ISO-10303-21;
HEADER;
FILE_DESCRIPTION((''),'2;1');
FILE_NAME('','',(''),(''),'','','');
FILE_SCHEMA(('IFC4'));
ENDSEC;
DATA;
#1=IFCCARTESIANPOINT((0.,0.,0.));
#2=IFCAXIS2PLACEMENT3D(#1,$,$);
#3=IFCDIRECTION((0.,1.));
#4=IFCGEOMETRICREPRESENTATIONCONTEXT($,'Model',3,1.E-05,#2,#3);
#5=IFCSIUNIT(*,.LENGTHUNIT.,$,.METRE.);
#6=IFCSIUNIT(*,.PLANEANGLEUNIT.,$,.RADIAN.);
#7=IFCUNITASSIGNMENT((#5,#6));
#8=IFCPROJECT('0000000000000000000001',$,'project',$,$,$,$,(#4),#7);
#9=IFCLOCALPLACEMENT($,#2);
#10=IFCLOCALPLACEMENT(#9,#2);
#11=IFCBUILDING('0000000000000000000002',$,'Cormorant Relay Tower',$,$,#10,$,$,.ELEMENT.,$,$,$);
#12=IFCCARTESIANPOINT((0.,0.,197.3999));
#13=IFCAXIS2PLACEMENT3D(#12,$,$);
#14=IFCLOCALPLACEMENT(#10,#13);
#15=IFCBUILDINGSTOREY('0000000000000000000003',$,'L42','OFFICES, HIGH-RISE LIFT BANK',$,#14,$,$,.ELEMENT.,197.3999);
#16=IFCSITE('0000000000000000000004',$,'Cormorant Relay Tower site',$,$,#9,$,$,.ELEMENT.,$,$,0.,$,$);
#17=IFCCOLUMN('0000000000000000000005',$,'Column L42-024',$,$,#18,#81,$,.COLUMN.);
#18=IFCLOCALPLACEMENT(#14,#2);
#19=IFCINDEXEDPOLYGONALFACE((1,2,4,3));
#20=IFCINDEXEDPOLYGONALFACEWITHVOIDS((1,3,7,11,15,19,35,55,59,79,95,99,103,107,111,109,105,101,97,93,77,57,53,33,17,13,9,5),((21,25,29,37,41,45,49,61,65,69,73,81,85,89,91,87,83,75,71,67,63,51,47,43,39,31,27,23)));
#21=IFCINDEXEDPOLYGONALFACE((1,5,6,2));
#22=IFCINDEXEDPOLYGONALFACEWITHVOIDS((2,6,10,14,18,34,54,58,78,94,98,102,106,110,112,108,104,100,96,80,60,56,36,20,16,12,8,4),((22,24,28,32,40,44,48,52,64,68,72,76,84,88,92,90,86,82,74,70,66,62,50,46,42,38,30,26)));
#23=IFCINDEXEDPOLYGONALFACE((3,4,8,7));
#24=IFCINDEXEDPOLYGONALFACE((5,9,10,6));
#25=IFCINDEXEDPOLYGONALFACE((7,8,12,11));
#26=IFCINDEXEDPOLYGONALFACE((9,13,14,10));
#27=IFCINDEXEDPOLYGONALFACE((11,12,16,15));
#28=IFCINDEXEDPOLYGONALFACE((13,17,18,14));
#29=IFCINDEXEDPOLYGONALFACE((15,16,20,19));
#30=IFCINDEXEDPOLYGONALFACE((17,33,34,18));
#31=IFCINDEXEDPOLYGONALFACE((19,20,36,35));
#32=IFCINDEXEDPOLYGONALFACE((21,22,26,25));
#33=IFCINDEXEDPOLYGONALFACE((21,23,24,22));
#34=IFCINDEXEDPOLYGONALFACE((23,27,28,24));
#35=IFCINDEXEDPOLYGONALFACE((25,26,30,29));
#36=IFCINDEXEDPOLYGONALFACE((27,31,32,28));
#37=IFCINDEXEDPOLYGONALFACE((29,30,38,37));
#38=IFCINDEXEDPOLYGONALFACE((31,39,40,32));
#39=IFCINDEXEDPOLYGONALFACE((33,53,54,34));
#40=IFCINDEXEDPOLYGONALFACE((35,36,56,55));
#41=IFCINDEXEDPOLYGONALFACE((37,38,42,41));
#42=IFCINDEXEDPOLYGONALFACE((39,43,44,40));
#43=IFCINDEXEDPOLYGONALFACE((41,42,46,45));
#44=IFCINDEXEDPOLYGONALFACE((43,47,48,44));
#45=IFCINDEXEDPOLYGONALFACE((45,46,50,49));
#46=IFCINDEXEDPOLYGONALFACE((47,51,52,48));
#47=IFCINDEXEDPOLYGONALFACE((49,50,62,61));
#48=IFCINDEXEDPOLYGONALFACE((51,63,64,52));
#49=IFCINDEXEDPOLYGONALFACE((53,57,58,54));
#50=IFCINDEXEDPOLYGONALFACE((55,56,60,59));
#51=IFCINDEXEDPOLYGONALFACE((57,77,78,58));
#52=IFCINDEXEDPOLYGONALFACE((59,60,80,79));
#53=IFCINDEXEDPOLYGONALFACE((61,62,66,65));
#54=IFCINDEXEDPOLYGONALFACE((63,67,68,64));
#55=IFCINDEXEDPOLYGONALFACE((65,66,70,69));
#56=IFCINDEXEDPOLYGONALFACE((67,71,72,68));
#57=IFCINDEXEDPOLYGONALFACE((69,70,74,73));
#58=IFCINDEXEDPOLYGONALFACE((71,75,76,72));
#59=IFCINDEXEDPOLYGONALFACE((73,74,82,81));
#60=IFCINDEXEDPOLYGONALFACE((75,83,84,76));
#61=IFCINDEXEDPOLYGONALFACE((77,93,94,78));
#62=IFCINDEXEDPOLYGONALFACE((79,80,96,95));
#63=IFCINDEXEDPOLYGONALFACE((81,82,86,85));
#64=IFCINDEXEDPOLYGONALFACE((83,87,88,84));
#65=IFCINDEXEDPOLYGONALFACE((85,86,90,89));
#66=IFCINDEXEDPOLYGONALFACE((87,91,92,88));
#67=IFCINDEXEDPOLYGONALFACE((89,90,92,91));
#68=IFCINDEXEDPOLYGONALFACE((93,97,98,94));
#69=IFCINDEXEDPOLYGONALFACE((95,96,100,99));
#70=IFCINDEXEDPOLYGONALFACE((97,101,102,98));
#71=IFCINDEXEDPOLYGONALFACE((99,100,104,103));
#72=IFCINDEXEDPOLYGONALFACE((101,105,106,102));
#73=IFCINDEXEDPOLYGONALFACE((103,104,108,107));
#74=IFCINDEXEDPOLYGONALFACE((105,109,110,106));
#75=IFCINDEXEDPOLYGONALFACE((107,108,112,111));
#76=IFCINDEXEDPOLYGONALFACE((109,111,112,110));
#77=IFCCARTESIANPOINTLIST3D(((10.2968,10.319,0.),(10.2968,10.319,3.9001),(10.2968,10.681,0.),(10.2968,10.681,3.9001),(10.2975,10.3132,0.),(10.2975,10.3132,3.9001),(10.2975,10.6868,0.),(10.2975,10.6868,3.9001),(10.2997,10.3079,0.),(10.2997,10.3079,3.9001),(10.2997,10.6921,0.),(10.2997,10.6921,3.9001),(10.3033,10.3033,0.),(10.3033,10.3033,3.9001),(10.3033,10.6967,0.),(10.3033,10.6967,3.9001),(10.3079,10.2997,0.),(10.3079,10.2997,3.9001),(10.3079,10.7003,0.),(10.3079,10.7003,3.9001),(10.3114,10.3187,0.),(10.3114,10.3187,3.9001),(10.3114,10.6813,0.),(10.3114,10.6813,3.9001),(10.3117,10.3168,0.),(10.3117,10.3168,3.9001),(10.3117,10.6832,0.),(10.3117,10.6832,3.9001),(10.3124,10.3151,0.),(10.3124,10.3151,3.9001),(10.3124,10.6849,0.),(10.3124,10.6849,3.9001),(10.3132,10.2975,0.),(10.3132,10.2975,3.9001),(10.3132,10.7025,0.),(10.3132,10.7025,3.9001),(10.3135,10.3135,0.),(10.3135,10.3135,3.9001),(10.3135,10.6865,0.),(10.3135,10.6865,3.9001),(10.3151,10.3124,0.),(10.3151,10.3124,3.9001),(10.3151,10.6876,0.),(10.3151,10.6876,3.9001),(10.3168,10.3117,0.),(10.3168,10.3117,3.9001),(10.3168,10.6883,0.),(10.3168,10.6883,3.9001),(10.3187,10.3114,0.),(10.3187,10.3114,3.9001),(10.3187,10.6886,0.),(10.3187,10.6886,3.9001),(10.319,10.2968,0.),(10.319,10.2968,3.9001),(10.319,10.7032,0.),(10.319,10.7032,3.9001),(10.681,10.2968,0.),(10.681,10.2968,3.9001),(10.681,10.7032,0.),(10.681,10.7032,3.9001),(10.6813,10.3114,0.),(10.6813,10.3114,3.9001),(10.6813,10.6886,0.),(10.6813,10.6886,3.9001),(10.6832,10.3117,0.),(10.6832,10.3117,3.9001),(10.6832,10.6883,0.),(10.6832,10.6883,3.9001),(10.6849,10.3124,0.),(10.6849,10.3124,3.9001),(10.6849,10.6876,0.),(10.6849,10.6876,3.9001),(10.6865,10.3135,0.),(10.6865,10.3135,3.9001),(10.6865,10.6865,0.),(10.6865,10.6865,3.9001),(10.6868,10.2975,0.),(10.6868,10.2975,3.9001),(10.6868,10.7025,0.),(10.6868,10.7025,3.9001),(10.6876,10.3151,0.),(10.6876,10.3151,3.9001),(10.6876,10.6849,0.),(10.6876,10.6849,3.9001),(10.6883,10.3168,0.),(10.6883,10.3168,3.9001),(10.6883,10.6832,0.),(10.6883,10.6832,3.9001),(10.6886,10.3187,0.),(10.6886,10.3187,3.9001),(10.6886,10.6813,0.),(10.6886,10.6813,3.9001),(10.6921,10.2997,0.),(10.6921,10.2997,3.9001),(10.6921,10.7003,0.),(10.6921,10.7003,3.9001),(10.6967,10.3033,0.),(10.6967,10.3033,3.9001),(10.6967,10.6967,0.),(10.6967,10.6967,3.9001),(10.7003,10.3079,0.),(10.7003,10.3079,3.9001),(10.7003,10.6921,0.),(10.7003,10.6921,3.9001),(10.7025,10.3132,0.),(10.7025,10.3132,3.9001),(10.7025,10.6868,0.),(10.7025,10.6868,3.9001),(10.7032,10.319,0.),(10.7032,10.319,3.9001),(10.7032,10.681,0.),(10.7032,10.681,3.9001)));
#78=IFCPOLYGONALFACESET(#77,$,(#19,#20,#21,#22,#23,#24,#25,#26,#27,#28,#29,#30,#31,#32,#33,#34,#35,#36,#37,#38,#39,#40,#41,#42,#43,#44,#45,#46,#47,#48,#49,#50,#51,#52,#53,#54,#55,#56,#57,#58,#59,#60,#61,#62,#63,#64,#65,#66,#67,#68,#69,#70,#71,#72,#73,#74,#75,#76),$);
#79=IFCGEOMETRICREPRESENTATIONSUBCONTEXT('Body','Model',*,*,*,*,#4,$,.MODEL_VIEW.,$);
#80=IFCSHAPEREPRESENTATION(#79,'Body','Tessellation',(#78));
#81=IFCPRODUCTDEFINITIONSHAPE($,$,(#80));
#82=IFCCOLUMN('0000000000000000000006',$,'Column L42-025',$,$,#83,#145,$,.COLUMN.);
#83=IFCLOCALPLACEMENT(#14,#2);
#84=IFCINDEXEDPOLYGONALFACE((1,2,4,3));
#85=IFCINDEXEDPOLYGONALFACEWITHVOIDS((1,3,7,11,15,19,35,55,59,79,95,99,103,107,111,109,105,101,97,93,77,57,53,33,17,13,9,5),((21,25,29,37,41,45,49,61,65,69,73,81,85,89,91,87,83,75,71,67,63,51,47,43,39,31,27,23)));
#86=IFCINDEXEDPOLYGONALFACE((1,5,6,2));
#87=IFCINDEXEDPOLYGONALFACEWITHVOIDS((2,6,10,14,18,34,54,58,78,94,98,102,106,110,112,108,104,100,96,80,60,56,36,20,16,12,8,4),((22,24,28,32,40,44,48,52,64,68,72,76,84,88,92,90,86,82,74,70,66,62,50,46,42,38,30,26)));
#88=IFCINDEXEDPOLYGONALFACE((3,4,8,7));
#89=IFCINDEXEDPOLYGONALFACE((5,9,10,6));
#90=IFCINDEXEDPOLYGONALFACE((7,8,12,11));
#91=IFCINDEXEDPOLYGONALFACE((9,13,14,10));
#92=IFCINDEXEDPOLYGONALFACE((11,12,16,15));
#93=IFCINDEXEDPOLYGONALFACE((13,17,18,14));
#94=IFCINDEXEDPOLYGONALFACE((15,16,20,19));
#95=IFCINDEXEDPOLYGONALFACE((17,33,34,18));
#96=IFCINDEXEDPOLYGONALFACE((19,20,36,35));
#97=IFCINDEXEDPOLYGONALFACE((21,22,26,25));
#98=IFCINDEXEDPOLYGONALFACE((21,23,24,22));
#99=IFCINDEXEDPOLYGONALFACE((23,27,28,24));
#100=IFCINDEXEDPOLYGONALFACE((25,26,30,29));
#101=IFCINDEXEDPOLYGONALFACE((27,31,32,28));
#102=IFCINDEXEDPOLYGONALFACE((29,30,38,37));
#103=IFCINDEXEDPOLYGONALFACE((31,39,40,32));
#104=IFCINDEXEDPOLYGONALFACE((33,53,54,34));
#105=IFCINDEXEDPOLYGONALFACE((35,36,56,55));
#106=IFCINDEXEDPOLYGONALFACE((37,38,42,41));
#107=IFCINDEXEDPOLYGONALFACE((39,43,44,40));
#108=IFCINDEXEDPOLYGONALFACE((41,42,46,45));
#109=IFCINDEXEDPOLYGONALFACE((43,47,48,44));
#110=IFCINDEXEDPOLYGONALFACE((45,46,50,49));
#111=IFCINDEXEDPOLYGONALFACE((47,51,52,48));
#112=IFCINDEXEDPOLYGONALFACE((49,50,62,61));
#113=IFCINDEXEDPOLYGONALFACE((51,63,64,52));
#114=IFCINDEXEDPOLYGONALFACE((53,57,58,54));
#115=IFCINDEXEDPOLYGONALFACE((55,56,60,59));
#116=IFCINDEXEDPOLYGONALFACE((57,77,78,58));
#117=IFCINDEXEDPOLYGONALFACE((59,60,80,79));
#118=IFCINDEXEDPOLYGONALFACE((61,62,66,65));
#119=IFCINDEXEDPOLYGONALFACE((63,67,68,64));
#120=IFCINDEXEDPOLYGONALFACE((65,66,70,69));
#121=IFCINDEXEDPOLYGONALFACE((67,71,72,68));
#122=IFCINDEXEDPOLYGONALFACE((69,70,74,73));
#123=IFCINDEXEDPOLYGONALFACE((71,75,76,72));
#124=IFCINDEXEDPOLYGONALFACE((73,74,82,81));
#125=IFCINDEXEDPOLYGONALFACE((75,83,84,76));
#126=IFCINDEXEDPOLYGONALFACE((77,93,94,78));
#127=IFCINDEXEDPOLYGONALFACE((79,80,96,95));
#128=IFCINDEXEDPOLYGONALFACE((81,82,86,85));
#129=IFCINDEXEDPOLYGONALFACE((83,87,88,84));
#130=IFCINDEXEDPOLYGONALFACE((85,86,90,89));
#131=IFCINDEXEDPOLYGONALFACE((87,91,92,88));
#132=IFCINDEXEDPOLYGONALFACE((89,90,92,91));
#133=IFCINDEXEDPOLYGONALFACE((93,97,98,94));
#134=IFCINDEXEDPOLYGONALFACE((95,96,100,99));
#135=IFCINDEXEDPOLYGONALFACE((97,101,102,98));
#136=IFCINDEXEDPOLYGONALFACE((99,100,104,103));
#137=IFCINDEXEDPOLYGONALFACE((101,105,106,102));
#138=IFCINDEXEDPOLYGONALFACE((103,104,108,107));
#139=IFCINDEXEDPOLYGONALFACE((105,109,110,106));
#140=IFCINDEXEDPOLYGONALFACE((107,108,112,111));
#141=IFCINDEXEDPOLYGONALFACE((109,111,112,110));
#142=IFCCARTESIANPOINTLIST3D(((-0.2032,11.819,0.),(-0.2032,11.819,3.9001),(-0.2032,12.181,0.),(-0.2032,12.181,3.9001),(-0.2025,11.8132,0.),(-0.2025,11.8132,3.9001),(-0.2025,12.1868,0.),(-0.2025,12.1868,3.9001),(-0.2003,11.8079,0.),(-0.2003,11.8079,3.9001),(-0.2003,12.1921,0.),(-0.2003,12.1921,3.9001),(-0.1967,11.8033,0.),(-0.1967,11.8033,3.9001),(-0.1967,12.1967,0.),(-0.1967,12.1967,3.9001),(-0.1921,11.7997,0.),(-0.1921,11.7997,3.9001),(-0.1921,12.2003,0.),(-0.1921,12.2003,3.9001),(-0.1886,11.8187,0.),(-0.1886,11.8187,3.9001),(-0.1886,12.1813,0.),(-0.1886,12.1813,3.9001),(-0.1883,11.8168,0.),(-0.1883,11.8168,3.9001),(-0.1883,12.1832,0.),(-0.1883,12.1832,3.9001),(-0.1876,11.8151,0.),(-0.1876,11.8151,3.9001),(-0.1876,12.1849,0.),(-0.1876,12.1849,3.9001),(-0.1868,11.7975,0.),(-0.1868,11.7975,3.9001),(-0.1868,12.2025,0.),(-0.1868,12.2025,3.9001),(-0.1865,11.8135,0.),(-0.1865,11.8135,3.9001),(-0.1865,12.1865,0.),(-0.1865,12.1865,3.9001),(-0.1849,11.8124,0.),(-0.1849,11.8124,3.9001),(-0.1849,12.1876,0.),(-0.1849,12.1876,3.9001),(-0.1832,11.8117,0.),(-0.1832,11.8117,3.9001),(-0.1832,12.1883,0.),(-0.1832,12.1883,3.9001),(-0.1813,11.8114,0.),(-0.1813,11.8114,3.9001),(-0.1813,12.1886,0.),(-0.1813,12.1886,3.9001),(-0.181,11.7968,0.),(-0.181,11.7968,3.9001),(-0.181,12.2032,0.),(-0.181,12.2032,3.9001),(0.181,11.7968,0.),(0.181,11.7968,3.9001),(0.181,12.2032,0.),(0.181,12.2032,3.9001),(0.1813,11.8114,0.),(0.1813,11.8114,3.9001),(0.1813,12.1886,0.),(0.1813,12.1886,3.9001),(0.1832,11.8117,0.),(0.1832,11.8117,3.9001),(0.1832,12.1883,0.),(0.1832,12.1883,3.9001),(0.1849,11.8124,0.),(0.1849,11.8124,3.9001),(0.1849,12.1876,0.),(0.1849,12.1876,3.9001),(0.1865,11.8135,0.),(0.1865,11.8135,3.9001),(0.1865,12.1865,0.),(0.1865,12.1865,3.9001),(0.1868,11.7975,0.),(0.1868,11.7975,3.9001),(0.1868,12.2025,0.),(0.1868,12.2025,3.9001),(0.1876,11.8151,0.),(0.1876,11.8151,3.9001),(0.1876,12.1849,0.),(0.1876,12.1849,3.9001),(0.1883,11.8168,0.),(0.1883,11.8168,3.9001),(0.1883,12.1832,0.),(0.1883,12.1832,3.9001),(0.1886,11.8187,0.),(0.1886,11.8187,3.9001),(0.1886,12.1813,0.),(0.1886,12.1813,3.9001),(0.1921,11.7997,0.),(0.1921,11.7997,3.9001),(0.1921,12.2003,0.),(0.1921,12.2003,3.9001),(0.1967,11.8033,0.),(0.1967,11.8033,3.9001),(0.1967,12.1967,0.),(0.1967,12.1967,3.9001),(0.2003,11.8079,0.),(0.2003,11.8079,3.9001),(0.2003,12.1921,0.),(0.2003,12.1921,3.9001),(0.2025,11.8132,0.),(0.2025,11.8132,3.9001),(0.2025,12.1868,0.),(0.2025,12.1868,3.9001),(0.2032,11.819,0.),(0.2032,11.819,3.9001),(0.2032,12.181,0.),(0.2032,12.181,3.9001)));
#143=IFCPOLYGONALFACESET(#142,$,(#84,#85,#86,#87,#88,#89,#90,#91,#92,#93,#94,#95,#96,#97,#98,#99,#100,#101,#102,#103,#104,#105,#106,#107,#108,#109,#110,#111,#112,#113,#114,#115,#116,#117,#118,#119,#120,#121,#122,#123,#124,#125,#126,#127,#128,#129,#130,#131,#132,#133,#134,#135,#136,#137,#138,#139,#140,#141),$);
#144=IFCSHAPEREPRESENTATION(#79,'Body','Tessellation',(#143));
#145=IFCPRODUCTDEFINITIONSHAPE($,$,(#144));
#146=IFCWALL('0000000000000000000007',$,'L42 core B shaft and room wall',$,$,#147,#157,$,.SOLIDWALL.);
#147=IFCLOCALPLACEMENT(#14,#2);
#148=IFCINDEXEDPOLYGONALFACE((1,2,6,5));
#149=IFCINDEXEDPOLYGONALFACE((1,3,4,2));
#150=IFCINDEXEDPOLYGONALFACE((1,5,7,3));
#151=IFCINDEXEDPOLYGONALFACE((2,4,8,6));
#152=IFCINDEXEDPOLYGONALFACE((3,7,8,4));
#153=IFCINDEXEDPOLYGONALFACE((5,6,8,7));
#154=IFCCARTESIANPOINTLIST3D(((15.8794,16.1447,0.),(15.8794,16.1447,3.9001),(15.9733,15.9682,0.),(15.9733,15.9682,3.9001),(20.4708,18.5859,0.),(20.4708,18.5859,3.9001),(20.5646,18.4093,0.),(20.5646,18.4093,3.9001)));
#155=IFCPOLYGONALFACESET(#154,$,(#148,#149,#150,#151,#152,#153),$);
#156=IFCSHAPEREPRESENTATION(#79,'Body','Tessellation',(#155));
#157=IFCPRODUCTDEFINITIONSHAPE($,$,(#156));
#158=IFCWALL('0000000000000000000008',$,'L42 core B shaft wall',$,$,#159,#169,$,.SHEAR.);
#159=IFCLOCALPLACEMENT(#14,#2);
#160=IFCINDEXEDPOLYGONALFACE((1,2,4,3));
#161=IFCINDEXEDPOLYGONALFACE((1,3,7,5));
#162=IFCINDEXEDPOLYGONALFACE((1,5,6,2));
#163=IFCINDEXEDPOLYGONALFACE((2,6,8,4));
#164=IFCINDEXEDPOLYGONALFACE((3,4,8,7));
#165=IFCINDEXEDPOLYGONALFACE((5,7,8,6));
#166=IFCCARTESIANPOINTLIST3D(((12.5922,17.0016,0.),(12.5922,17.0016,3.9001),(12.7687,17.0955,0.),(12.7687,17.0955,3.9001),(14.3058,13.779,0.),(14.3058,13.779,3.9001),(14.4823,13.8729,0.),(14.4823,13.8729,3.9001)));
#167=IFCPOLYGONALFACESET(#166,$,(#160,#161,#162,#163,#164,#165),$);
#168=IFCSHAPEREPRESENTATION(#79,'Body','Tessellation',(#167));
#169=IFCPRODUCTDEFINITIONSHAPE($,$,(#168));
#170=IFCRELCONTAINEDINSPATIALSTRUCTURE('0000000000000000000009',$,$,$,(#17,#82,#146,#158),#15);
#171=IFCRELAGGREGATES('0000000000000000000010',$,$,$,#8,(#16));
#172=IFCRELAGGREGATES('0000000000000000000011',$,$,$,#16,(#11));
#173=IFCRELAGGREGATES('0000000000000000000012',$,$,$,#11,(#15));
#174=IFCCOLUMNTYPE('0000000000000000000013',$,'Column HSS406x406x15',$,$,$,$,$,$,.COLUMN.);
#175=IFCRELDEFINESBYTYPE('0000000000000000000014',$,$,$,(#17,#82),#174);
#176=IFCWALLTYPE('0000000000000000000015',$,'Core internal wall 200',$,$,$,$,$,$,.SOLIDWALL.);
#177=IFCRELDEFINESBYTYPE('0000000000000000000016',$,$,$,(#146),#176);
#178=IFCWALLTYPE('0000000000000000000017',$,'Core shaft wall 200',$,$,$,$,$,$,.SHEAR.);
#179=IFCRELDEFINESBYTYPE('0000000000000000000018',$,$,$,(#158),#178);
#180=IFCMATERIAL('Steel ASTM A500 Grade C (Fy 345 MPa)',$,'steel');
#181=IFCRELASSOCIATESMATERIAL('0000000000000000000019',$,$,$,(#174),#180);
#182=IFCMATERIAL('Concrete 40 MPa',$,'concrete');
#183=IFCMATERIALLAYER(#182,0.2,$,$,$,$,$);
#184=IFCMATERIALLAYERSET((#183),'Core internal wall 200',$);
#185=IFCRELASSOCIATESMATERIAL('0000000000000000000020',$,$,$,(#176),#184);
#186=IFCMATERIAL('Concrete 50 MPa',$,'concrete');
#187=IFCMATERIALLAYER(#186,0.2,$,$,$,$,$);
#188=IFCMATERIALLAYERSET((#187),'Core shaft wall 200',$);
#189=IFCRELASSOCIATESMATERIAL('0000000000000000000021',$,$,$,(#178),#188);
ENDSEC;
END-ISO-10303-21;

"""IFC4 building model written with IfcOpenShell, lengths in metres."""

from ifc_helpers import new_model, si_unit, direction, frame, frame_2d, origin, origin_2d, place, context, subcontext, project, spatial, rectangle, hollow_rectangle, extrude, material, layer, layer_set, material_profile, profile_set, type_object, element, save


model = new_model("IFC4")

# Units and contexts
model_context = context("Model", 3, precision=1e-05, world=origin(), true_north=direction((0.0, 1.0)))
body_context = subcontext(model_context, "Body", "Model", "MODEL_VIEW")
ifc_project = project(units=[si_unit("LENGTHUNIT", "METRE"), si_unit("PLANEANGLEUNIT", "RADIAN")], contexts=[model_context])

# Site, building, storey
site_placement = place(None, origin())
site = spatial("IfcSite", under=ifc_project, at=site_placement, Name="Cormorant Relay Tower site", CompositionType="ELEMENT", RefElevation=0.0)
building_placement = place(site_placement, origin())
building = spatial("IfcBuilding", under=site, at=building_placement, Name="Cormorant Relay Tower", CompositionType="ELEMENT")
storey_placement = place(building_placement, frame((0.0, 0.0, 197.3999)))
storey = spatial("IfcBuildingStorey", under=building, at=storey_placement, Name="L42", Description="OFFICES, HIGH-RISE LIFT BANK", CompositionType="ELEMENT", Elevation=197.3999)

# Columns
ifc_material_1 = material(Name="Steel ASTM A500 Grade C (Fy 345 MPa)", Category="steel")
ifc_material_profile = material_profile(ifc_material_1, hollow_rectangle(XDim=0.4065, YDim=0.4065, WallThickness=0.0146, InnerFilletRadius=0.0073, OuterFilletRadius=0.0222, at=origin_2d()), Name="HSS406x406x15")
ifc_profile_set = profile_set([ifc_material_profile], Name="Steel ASTM A500 Grade C (Fy 345 MPa)")
column_type = type_object("IfcColumnType", Name="Column HSS406x406x15", PredefinedType="COLUMN", material=ifc_profile_set)
for number, where, z_axis, x_axis, name in (
    (1, (10.5, 10.5, 0.0), (0.0, 0.0, 1.0), (1.0, 0.0, 0.0), "Column L42-024"),
    (2, (0.0, 12.0, 0.0), (0.0, 0.0, 1.0), (1.0, 0.0, 0.0), "Column L42-025"),
):
    element("IfcColumn", number, at=place(storey_placement, frame(where, z_axis=z_axis, x_axis=x_axis)), inside=storey, type_object=column_type, Name=name, PredefinedType="COLUMN", context=body_context, shape_type="SweptSolid", body=[
        extrude(hollow_rectangle(XDim=0.4065, YDim=0.4065, WallThickness=0.0146, InnerFilletRadius=0.0073, OuterFilletRadius=0.0222, at=origin_2d()), origin(), (0.0, 0.0, 1.0), 3.9001),
    ])

# Walls
ifc_material_2 = material(Name="Concrete 40 MPa", Category="concrete")
ifc_layer_1 = layer(ifc_material_2, 0.2)
ifc_layer_set_1 = layer_set([ifc_layer_1], Name="Core internal wall 200")
wall_type_1 = type_object("IfcWallType", Name="Core internal wall 200", PredefinedType="SOLIDWALL", material=ifc_layer_set_1)
wall_1_placement = place(storey_placement, frame((15.9263, 16.0564, 0.0), z_axis=(0.0, 0.0, 1.0), x_axis=(0.882954, 0.46946, 0.0)))
element("IfcWall", 3, at=wall_1_placement, inside=storey, type_object=wall_type_1, Name="L42 core B shaft and room wall", PredefinedType="SOLIDWALL", context=body_context, shape_type="SweptSolid", body=[
    extrude(rectangle(XDim=5.2, YDim=0.2, at=frame_2d((2.6001, 0.0))), origin(), (0.0, 0.0, 1.0), 3.9001),
])
ifc_material_3 = material(Name="Concrete 50 MPa", Category="concrete")
ifc_layer_2 = layer(ifc_material_3, 0.2)
ifc_layer_set_2 = layer_set([ifc_layer_2], Name="Core shaft wall 200")
wall_type_2 = type_object("IfcWallType", Name="Core shaft wall 200", PredefinedType="SHEAR", material=ifc_layer_set_2)
wall_2_placement = place(storey_placement, frame((14.394, 13.8259, 0.0), z_axis=(0.0, 0.0, 1.0), x_axis=(-0.469494, 0.882936, 0.0)))
element("IfcWall", 4, at=wall_2_placement, inside=storey, type_object=wall_type_2, Name="L42 core B shaft wall", PredefinedType="SHEAR", context=body_context, shape_type="SweptSolid", body=[
    extrude(rectangle(XDim=3.6499, YDim=0.2, at=frame_2d((1.825, 0.0))), origin(), (0.0, 0.0, 1.0), 3.9001),
])

save(model, "model.ifc")
